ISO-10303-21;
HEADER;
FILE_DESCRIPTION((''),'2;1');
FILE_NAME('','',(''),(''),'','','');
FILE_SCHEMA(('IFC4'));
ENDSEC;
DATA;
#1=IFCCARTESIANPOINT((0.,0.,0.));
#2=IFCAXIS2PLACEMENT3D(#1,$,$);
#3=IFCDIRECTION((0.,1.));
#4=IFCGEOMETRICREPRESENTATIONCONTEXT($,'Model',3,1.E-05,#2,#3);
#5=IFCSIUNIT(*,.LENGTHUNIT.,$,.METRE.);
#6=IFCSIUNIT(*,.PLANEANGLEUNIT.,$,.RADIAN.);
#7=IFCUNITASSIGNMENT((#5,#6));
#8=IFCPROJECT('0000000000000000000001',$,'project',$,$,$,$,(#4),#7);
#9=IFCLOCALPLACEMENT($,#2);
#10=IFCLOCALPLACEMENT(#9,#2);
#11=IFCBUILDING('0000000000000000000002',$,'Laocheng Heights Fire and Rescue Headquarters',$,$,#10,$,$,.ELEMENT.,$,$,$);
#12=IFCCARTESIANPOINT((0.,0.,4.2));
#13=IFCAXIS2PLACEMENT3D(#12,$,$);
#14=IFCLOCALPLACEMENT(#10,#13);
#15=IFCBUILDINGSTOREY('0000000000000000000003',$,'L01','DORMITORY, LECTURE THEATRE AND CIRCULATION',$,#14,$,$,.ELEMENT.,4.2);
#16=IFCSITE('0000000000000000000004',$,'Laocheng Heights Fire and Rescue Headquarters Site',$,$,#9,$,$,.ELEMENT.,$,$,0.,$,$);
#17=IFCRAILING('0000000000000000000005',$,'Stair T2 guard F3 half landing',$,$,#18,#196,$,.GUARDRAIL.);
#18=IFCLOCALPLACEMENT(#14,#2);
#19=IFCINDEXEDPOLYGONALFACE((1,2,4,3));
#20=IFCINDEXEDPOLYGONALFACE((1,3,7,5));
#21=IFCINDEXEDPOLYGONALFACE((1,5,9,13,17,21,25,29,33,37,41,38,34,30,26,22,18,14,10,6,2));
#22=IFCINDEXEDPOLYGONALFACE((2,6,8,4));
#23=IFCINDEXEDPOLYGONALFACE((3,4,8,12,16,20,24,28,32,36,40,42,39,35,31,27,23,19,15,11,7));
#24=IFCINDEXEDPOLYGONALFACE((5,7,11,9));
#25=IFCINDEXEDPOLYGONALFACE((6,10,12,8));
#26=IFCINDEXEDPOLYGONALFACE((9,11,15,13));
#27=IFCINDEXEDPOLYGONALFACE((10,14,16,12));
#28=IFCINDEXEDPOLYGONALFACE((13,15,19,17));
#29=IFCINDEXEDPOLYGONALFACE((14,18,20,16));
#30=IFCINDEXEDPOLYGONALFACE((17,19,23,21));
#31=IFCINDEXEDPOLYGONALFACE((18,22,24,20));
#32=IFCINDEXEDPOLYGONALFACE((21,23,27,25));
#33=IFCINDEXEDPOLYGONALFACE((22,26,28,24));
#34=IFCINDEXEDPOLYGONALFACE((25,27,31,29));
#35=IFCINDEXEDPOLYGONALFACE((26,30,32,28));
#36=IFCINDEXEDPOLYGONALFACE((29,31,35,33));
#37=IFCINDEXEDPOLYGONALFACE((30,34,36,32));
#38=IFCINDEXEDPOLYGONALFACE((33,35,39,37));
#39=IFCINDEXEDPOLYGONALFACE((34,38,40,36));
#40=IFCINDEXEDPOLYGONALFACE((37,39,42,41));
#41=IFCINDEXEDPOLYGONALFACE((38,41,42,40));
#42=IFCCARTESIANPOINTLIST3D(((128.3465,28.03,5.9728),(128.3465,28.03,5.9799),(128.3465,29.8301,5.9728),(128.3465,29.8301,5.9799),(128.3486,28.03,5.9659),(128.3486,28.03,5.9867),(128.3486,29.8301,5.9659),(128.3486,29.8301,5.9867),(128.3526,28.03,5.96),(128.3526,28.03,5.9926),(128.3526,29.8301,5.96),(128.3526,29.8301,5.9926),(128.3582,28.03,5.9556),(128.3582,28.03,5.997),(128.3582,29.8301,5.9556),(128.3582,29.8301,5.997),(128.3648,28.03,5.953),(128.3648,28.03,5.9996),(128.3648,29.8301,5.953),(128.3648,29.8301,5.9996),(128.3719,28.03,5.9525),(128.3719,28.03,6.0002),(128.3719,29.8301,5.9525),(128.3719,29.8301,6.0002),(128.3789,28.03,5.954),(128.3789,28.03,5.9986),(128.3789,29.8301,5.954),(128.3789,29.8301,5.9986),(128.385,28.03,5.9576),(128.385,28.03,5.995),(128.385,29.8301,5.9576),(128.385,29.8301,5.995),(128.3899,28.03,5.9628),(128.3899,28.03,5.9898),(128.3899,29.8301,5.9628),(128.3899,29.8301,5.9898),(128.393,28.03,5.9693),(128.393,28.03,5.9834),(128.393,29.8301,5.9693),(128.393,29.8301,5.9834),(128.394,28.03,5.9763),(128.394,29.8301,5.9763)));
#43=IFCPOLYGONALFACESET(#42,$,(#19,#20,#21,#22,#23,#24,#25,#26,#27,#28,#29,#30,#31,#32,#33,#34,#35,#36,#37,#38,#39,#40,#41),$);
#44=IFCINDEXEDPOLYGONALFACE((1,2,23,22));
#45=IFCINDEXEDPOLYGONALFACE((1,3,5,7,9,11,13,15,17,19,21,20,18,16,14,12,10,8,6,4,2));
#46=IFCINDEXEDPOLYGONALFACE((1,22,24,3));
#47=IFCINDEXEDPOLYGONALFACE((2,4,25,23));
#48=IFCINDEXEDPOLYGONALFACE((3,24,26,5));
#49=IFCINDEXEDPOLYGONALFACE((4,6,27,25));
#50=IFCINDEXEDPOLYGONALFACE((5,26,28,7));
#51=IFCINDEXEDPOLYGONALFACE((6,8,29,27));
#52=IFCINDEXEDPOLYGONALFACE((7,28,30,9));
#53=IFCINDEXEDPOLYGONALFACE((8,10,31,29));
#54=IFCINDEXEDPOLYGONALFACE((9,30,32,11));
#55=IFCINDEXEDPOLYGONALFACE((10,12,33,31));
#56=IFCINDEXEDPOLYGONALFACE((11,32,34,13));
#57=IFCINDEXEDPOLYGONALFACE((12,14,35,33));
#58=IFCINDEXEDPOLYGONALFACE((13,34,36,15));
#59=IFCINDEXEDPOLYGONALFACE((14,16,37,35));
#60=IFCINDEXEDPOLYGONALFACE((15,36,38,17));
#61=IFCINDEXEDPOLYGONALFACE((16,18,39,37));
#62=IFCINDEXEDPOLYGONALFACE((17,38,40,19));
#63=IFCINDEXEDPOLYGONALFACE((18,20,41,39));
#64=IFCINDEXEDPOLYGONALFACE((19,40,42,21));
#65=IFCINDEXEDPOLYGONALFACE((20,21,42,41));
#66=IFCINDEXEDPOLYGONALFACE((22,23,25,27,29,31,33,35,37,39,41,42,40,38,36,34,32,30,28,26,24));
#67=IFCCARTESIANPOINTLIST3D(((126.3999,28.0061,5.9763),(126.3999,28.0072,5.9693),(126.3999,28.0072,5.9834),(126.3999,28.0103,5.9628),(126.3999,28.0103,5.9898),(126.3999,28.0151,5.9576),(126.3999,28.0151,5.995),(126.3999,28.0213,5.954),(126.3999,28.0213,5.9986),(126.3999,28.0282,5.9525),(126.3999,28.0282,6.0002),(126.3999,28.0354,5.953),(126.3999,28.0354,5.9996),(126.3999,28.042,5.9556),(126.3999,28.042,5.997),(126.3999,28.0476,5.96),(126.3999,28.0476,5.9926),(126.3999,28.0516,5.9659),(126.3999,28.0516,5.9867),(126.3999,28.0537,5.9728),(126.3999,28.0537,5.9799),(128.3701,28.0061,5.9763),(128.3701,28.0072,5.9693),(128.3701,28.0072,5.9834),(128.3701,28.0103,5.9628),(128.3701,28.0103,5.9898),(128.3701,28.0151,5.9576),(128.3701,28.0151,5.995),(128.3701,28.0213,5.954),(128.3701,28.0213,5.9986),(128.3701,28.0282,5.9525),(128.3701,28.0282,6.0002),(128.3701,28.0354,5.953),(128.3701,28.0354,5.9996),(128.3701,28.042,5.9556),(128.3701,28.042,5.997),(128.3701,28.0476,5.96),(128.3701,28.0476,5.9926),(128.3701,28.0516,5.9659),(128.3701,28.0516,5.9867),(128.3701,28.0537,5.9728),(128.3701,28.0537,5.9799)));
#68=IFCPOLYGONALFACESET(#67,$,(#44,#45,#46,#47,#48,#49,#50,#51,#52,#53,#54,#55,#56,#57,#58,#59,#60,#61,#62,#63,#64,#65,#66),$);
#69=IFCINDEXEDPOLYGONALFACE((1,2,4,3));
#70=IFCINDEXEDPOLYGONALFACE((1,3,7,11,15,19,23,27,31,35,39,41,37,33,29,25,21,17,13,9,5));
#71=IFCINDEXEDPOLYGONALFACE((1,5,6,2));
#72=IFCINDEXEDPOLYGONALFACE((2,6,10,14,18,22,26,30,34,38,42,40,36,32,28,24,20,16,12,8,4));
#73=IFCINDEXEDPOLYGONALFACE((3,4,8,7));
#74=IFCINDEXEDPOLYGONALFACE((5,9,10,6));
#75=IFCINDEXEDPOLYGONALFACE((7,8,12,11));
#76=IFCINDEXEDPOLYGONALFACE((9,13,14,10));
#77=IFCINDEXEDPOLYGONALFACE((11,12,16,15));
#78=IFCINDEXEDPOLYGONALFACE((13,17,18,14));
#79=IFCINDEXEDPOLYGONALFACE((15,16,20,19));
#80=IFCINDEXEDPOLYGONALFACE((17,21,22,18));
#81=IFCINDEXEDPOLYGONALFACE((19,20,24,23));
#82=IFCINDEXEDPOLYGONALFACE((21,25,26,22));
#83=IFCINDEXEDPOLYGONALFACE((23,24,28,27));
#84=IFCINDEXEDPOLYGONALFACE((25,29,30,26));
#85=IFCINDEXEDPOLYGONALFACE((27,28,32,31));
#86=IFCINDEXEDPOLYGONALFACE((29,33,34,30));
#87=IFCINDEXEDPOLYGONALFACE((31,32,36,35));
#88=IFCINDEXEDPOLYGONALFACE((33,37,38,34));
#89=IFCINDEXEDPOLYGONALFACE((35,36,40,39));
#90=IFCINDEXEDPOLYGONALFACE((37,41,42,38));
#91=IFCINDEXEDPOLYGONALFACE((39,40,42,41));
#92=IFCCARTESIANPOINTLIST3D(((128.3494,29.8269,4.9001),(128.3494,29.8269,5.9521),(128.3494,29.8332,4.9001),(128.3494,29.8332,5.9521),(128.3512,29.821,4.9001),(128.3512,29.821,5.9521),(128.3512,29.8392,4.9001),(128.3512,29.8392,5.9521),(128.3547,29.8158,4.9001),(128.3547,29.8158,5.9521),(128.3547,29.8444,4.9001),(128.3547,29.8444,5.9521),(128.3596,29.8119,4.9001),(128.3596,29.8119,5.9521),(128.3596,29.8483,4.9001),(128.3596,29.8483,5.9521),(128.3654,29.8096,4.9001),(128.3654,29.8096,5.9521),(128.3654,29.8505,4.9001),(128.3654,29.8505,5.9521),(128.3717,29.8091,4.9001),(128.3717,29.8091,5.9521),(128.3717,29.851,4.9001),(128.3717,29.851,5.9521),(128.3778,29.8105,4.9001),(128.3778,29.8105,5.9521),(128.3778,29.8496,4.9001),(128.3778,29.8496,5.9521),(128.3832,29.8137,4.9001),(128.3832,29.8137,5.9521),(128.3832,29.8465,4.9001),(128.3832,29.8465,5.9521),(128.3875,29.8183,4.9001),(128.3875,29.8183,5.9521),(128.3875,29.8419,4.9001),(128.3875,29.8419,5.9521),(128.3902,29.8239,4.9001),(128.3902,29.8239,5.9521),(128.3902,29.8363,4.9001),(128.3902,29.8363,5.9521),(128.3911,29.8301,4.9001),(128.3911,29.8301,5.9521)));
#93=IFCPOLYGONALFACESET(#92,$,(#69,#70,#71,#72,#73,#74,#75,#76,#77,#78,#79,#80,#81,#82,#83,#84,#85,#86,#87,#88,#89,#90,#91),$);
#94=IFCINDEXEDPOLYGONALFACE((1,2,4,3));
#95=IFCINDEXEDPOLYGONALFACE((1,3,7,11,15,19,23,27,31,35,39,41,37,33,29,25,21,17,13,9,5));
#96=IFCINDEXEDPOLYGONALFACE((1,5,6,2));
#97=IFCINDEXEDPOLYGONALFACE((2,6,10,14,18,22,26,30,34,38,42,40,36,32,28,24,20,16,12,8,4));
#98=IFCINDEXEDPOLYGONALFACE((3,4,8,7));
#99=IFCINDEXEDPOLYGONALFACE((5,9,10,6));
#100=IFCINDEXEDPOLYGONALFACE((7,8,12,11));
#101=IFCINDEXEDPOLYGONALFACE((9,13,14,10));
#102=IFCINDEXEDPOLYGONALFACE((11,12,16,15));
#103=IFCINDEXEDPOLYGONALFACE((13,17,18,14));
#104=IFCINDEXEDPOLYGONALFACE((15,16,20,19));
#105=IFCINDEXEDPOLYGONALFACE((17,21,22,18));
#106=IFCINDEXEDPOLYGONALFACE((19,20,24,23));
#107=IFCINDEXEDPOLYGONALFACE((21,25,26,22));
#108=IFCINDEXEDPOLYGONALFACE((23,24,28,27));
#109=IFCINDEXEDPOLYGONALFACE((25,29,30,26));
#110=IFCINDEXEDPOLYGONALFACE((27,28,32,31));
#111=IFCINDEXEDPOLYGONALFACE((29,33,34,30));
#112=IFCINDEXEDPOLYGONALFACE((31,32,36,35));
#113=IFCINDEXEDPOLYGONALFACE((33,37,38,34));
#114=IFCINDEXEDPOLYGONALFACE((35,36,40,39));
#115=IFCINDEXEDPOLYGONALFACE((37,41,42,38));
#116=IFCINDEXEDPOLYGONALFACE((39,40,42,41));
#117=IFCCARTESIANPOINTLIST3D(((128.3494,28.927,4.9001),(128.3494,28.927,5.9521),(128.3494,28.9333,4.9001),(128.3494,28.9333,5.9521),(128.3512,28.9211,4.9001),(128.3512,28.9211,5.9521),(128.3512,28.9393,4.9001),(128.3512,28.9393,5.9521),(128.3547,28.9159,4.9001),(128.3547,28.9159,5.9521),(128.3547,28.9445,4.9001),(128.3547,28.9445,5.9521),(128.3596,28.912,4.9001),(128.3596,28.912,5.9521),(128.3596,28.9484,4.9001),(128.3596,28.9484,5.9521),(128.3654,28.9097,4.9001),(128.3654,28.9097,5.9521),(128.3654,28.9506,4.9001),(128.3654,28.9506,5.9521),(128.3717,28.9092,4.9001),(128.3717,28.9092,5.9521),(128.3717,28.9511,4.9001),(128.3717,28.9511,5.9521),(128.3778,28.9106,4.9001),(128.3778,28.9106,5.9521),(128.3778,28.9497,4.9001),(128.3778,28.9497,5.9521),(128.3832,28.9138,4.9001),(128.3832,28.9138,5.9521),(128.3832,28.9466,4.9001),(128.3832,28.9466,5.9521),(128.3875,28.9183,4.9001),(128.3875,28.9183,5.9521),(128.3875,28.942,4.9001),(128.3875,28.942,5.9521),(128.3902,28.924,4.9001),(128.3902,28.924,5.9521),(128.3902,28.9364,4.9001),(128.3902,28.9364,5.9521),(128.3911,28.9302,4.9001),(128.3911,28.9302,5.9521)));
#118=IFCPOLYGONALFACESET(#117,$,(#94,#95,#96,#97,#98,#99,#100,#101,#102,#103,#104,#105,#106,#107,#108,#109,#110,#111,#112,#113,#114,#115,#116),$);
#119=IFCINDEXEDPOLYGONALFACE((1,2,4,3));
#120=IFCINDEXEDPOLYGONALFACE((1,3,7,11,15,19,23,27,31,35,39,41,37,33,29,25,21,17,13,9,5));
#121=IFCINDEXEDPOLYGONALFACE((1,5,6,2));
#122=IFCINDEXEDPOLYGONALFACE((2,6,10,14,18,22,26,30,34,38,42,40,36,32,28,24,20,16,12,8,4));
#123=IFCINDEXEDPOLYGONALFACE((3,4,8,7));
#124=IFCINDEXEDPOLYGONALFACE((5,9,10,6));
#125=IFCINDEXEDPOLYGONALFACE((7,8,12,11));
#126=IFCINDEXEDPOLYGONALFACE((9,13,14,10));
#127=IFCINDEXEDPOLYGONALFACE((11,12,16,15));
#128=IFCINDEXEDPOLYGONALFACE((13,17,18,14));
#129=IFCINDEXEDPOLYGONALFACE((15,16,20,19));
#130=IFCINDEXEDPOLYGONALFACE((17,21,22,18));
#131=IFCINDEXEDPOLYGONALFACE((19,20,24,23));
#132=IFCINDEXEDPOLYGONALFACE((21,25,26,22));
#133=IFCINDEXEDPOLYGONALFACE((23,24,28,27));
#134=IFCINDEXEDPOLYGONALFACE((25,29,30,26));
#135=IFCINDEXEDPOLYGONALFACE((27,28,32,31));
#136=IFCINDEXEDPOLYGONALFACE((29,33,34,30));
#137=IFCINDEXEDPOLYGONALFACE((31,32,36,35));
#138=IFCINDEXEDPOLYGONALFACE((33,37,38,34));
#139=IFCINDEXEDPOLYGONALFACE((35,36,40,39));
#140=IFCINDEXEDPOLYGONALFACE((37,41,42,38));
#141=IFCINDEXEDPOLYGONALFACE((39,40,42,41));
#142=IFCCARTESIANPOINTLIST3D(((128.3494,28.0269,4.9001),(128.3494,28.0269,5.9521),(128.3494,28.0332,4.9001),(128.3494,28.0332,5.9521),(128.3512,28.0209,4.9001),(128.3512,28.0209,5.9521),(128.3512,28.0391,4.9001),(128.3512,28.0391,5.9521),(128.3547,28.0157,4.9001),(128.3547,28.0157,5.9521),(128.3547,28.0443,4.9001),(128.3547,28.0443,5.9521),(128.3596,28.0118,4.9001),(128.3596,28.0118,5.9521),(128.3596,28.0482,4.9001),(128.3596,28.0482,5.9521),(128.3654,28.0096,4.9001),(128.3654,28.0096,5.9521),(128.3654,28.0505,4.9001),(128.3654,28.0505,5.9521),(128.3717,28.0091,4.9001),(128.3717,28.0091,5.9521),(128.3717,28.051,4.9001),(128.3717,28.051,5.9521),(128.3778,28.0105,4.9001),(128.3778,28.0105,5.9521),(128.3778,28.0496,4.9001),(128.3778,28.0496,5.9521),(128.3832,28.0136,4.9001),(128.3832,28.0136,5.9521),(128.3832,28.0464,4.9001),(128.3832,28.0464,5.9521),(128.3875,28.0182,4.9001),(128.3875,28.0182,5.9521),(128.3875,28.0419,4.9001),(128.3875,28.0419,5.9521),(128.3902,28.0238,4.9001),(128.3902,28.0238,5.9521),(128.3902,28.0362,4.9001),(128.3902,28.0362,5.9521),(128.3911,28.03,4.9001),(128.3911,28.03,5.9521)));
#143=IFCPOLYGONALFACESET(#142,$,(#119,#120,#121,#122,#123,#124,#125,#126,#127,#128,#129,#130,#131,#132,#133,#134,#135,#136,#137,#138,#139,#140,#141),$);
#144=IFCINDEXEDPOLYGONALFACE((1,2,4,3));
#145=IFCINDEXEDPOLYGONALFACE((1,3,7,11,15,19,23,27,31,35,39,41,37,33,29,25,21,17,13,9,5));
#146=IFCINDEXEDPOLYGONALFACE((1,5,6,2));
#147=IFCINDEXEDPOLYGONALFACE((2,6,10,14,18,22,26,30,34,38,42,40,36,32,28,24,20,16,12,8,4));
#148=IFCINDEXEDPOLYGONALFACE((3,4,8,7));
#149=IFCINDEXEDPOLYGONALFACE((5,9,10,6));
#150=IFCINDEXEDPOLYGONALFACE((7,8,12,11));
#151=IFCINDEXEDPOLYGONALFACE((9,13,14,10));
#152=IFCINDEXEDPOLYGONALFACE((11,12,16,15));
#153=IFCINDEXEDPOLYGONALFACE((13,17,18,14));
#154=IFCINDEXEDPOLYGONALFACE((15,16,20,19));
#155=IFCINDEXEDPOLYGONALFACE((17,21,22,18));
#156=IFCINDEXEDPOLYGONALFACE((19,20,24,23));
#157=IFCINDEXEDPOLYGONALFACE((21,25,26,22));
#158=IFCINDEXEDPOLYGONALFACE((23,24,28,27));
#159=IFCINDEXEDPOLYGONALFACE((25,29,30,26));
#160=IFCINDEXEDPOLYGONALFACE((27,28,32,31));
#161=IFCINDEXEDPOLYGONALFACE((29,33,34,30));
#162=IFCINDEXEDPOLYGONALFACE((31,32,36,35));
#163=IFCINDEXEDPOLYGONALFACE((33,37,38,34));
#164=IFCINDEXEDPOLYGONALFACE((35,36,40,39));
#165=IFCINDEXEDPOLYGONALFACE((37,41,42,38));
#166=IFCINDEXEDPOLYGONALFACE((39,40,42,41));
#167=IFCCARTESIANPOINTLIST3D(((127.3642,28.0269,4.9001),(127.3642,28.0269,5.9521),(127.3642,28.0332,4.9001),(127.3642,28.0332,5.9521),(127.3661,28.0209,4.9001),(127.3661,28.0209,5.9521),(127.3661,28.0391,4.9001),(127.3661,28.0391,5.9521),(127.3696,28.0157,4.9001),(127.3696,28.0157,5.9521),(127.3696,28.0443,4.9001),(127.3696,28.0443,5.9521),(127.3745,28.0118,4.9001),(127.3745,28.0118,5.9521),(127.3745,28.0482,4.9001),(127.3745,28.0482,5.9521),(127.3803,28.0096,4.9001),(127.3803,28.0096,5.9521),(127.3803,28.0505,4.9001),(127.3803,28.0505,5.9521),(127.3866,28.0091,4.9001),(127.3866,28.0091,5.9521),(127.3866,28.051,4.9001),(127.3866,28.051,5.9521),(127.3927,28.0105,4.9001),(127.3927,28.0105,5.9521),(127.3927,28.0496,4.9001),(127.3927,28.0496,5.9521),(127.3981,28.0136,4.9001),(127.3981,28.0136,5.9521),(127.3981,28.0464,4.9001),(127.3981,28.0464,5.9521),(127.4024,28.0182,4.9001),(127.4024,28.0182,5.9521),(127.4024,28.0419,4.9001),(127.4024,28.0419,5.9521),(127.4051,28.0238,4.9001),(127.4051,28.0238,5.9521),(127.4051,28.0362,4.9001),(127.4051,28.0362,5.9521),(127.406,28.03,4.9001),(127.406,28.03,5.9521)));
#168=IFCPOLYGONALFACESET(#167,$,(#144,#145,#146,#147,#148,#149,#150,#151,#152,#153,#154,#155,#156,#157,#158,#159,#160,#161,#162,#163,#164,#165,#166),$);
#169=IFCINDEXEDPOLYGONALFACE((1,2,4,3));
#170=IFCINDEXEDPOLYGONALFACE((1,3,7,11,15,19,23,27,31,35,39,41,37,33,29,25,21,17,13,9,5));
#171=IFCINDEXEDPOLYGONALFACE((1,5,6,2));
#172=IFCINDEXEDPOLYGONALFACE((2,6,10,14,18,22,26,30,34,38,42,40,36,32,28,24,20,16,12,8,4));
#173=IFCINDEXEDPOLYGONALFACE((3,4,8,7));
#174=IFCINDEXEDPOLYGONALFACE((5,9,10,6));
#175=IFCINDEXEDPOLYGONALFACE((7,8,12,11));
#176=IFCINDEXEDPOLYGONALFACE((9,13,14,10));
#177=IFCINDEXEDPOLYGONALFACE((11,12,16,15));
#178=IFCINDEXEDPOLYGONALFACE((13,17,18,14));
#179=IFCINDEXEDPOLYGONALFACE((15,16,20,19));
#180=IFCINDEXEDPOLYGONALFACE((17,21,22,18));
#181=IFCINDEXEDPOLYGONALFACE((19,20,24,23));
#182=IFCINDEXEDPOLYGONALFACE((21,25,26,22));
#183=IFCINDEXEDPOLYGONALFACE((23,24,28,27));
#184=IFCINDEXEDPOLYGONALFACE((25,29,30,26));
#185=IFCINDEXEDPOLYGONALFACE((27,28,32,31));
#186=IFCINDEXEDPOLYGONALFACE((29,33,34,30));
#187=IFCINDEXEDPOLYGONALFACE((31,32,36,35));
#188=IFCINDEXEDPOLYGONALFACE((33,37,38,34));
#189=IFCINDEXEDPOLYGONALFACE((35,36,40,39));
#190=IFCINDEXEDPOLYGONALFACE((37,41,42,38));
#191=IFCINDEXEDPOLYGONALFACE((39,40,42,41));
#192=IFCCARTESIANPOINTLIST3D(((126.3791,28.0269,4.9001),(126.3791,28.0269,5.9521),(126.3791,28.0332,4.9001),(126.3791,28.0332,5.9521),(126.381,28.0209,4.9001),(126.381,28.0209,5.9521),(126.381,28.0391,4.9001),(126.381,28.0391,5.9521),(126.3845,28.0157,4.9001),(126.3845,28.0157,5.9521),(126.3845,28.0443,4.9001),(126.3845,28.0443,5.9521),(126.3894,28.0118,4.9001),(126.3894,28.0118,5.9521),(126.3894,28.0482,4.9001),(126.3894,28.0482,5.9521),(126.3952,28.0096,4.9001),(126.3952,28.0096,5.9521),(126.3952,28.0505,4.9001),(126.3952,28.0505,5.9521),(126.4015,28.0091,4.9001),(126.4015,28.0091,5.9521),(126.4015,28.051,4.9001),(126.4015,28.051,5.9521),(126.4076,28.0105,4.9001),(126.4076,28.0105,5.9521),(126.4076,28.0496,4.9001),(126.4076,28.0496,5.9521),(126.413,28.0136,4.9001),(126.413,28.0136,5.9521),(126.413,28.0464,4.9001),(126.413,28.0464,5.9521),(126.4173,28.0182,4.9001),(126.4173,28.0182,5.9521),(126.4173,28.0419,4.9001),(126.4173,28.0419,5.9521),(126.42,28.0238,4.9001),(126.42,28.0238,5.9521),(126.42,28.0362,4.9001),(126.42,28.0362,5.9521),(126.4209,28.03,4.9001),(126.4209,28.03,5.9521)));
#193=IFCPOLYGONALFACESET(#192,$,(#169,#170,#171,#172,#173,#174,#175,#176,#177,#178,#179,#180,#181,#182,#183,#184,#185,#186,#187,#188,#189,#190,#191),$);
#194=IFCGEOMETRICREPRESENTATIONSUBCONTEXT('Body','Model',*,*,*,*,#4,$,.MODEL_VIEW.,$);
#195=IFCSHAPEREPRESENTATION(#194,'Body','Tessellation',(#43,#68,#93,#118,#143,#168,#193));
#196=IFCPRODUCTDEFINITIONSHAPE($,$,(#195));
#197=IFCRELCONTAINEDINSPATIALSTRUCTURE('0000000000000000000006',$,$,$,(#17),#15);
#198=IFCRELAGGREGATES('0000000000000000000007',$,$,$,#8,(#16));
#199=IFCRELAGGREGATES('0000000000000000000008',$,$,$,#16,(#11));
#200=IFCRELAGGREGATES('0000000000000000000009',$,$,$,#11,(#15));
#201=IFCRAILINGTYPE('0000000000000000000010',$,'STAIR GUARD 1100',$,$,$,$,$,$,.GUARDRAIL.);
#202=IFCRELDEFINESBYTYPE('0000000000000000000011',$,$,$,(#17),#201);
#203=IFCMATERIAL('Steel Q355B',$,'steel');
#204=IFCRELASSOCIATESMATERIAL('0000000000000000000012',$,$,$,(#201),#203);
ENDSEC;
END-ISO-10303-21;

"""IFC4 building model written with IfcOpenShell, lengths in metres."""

from ifc_helpers import new_model, si_unit, direction, frame, origin, origin_2d, place, context, subcontext, project, spatial, circle, extrude, material, type_object, element, save


model = new_model("IFC4")

# Units and contexts
model_context = context("Model", 3, precision=1e-05, world=origin(), true_north=direction((0.0, 1.0)))
body_context = subcontext(model_context, "Body", "Model", "MODEL_VIEW")
ifc_project = project(units=[si_unit("LENGTHUNIT", "METRE"), si_unit("PLANEANGLEUNIT", "RADIAN")], contexts=[model_context])

# Site, building, storey
site_placement = place(None, origin())
site = spatial("IfcSite", under=ifc_project, at=site_placement, Name="Laocheng Heights Fire and Rescue Headquarters Site", CompositionType="ELEMENT", RefElevation=0.0)
building_placement = place(site_placement, origin())
building = spatial("IfcBuilding", under=site, at=building_placement, Name="Laocheng Heights Fire and Rescue Headquarters", CompositionType="ELEMENT")
storey_placement = place(building_placement, frame((0.0, 0.0, 4.2)))
storey = spatial("IfcBuildingStorey", under=building, at=storey_placement, Name="L01", Description="DORMITORY, LECTURE THEATRE AND CIRCULATION", CompositionType="ELEMENT", Elevation=4.2)

# Railing
ifc_material_1 = material(Name="Steel Q355B", Category="steel")
railing_type_1 = type_object("IfcRailingType", Name="STAIR GUARD 1100", PredefinedType="GUARDRAIL", material=ifc_material_1)
railing_1_placement = place(storey_placement, frame((128.3701, 29.8301, 4.9001)))
element("IfcRailing", 1, at=railing_1_placement, inside=storey, type_object=railing_type_1, Name="Stair T2 guard F3 half landing", PredefinedType="GUARDRAIL", context=body_context, shape_type="SweptSolid", body=[
    extrude(circle(Radius=0.0239, at=origin_2d()), frame((0.0, 0.0, 1.0762), z_axis=(0.0, -1.0, 0.0), x_axis=(1.0, 0.0, 0.0)), (0.0, 0.0, 1.0), 1.8),
    extrude(circle(Radius=0.0239, at=origin_2d()), frame((0.0, -1.8, 1.0762), z_axis=(-1.0, 0.0, 0.0), x_axis=(0.0, -1.0, 0.0)), (0.0, 0.0, 1.0), 1.9702),
    extrude(circle(Radius=0.021, at=origin_2d()), origin(), (0.0, 0.0, 1.0), 1.052),
    extrude(circle(Radius=0.021, at=origin_2d()), frame((0.0, -0.8999, 0.0)), (0.0, 0.0, 1.0), 1.052),
    extrude(circle(Radius=0.021, at=origin_2d()), frame((0.0, -1.8, 0.0)), (0.0, 0.0, 1.0), 1.052),
    extrude(circle(Radius=0.021, at=origin_2d()), frame((-0.9851, -1.8, 0.0)), (0.0, 0.0, 1.0), 1.052),
    extrude(circle(Radius=0.021, at=origin_2d()), frame((-1.9702, -1.8, 0.0)), (0.0, 0.0, 1.0), 1.052),
])

save(model, "model.ifc")
